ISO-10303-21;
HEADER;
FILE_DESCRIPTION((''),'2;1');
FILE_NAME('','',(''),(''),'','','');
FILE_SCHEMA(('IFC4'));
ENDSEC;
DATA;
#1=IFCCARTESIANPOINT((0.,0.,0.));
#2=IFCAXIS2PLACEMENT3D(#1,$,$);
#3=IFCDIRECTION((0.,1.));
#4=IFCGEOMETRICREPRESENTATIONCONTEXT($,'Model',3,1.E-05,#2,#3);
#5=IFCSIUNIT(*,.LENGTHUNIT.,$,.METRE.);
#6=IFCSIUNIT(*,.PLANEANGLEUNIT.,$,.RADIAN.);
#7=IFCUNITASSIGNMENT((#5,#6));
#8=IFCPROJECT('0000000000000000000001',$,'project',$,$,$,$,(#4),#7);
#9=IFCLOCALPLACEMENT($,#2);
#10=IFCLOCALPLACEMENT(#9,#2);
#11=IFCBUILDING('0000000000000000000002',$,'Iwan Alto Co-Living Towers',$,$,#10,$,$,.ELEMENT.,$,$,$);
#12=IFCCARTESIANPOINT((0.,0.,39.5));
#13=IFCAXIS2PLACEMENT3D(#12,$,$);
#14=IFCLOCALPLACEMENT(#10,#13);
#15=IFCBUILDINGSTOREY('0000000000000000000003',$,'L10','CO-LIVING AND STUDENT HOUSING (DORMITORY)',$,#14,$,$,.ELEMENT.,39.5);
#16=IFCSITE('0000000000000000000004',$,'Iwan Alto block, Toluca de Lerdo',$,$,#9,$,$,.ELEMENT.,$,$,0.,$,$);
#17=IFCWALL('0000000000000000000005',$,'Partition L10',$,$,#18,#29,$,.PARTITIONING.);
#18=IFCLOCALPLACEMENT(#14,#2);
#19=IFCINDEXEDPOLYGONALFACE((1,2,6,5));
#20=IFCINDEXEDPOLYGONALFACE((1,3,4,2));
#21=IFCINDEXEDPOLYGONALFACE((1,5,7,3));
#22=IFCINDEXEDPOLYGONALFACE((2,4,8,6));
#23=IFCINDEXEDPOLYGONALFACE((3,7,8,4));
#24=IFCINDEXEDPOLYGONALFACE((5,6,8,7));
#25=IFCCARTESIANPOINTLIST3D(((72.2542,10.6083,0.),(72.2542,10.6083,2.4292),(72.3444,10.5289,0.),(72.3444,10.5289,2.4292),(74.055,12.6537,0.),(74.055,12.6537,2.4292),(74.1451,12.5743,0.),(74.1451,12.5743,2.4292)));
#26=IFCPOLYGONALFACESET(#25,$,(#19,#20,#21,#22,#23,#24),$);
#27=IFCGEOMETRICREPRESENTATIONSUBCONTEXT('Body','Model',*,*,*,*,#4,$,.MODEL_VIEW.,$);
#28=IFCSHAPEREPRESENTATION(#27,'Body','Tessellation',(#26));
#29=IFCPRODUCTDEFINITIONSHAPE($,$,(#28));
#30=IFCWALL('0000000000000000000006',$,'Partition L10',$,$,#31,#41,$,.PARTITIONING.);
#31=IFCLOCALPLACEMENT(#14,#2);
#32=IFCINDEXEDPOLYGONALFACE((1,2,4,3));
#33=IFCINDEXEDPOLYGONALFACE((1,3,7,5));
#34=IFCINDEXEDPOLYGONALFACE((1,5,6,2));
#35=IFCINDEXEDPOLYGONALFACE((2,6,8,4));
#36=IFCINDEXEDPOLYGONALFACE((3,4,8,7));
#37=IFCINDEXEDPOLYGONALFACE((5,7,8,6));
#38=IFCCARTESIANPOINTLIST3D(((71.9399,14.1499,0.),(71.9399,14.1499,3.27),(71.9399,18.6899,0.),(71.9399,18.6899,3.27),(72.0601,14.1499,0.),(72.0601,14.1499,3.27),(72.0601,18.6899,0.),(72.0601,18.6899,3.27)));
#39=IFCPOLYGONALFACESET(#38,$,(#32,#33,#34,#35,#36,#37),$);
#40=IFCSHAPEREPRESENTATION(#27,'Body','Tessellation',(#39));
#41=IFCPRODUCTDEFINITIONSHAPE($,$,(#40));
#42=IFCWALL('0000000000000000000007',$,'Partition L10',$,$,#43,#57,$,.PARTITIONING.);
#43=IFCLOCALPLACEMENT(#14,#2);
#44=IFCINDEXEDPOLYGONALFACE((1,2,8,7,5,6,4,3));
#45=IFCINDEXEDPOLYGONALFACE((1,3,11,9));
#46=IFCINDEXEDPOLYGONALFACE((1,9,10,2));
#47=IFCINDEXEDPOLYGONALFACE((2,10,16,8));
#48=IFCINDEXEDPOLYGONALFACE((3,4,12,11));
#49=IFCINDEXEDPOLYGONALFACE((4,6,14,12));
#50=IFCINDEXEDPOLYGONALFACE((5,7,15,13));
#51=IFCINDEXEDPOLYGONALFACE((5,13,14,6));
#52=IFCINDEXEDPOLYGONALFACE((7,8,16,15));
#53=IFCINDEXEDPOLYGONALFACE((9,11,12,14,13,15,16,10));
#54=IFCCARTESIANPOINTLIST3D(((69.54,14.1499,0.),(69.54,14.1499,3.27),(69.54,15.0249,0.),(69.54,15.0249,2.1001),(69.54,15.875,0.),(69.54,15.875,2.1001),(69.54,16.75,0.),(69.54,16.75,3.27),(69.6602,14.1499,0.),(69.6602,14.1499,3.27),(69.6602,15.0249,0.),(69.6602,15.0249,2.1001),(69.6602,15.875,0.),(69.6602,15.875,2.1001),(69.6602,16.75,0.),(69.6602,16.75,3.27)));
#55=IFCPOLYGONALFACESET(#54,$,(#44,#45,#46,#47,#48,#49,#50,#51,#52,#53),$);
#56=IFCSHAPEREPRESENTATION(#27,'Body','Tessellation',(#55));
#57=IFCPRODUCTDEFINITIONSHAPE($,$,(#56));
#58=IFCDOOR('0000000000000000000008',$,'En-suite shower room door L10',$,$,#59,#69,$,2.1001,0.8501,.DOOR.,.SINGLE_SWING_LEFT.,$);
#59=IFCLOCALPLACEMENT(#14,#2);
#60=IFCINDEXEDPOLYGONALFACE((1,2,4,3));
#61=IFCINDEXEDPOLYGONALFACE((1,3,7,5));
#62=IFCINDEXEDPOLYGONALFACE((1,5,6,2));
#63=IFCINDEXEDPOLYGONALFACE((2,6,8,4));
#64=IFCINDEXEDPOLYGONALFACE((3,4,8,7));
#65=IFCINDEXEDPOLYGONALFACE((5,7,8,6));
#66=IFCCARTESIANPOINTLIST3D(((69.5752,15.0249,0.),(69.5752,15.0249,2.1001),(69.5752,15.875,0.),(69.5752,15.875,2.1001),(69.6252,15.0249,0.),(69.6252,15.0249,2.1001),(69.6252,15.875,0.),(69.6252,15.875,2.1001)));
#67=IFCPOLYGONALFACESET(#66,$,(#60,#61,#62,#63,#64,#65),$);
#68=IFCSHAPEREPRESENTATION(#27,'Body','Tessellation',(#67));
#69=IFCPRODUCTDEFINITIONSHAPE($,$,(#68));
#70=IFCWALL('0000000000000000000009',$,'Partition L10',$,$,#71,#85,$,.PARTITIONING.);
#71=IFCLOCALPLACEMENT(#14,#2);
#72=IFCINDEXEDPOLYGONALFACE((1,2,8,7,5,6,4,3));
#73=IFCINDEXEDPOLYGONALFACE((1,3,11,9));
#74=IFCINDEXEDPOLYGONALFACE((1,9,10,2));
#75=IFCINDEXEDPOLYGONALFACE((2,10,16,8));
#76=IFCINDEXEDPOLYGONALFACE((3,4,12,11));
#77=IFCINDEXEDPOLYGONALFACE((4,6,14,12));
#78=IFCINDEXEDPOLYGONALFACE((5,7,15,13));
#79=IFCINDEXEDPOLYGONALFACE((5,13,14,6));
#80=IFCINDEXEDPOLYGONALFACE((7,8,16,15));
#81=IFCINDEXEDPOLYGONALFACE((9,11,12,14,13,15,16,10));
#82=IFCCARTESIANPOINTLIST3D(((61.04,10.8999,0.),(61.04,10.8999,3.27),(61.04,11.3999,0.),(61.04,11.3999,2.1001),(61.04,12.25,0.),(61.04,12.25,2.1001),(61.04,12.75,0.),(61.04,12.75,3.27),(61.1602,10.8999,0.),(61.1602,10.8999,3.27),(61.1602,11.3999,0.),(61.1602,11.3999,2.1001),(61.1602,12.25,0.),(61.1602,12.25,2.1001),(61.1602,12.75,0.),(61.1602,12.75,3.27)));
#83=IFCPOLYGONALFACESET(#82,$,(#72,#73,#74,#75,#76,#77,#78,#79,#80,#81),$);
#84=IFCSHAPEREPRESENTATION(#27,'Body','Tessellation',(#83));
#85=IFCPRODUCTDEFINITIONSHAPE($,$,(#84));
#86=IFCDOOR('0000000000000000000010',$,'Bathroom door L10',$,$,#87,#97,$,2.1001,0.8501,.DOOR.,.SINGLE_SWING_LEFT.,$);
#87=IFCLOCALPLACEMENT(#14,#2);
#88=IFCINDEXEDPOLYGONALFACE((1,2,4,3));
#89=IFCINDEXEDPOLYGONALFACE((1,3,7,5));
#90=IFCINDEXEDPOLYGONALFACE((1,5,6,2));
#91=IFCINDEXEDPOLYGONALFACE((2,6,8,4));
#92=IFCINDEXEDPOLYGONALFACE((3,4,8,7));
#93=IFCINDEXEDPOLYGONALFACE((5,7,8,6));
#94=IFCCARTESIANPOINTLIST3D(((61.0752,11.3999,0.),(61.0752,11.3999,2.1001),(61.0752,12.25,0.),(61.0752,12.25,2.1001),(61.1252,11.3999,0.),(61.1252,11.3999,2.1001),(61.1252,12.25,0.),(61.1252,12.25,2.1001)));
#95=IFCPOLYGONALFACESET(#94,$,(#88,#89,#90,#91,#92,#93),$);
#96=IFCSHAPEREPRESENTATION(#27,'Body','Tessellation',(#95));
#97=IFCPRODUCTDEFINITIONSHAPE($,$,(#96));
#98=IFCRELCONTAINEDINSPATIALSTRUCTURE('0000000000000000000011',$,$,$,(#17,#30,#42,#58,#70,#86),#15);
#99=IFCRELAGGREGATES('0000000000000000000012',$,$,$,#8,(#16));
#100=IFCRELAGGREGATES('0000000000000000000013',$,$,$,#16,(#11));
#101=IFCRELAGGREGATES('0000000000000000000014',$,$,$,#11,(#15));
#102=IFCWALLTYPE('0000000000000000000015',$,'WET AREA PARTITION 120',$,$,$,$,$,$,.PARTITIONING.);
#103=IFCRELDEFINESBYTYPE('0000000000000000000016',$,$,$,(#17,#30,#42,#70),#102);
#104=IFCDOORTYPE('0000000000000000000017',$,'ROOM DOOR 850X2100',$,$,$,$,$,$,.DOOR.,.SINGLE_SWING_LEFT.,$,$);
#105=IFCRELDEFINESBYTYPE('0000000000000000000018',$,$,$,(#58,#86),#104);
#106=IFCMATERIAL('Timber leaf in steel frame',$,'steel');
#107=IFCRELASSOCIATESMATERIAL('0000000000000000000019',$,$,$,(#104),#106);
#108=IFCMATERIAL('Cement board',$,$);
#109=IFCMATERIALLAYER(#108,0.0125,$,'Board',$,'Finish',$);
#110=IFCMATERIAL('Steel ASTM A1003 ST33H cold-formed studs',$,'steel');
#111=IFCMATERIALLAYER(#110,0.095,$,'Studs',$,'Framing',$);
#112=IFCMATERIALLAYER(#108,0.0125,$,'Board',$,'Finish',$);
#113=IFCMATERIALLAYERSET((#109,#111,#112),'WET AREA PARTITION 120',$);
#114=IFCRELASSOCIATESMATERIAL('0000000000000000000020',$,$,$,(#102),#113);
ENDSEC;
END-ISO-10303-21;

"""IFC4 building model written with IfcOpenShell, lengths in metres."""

from ifc_helpers import new_model, si_unit, direction, frame, frame_2d, origin, place, context, subcontext, project, spatial, rectangle, extrude, material, layer, layer_set, type_object, element, fill, save


model = new_model("IFC4")

# Units and contexts
model_context = context("Model", 3, precision=1e-05, world=origin(), true_north=direction((0.0, 1.0)))
body_context = subcontext(model_context, "Body", "Model", "MODEL_VIEW")
ifc_project = project(units=[si_unit("LENGTHUNIT", "METRE"), si_unit("PLANEANGLEUNIT", "RADIAN")], contexts=[model_context])

# Site, building, storey
site_placement = place(None, origin())
site = spatial("IfcSite", under=ifc_project, at=site_placement, Name="Iwan Alto block, Toluca de Lerdo", CompositionType="ELEMENT", RefElevation=0.0)
building_placement = place(site_placement, origin())
building = spatial("IfcBuilding", under=site, at=building_placement, Name="Iwan Alto Co-Living Towers", CompositionType="ELEMENT")
storey_placement = place(building_placement, frame((0.0, 0.0, 39.5)))
storey = spatial("IfcBuildingStorey", under=building, at=storey_placement, Name="L10", Description="CO-LIVING AND STUDENT HOUSING (DORMITORY)", CompositionType="ELEMENT", Elevation=39.5)

# Shared definitions
ifc_material_1 = material(Name="Steel ASTM A1003 ST33H cold-formed studs", Category="steel")

# Shared definitions
ifc_material_2 = material(Name="Timber leaf in steel frame", Category="steel")
door_type = type_object("IfcDoorType", Name="ROOM DOOR 850X2100", OperationType="SINGLE_SWING_LEFT", PredefinedType="DOOR", material=ifc_material_2)

# Shared definitions
ifc_material_3 = material(Name="Cement board")
ifc_layer_1 = layer(ifc_material_3, 0.0125, Name="Board", Category="Finish")
ifc_layer_2 = layer(ifc_material_1, 0.095, Name="Studs", Category="Framing")
ifc_layer_3 = layer(ifc_material_3, 0.0125, Name="Board", Category="Finish")
ifc_layer_set_1 = layer_set([ifc_layer_1, ifc_layer_2, ifc_layer_3], Name="WET AREA PARTITION 120")
wall_type_1 = type_object("IfcWallType", Name="WET AREA PARTITION 120", PredefinedType="PARTITIONING", material=ifc_layer_set_1)

# Walls
wall_1_placement = place(storey_placement, frame((72.2993, 10.5686, 0.0), z_axis=(0.0, 0.0, 1.0), x_axis=(0.660798, 0.750564, 0.0)))
element("IfcWall", 1, at=wall_1_placement, inside=storey, type_object=wall_type_1, Name="Partition L10", PredefinedType="PARTITIONING", context=body_context, shape_type="SweptSolid", body=[
    extrude(rectangle(XDim=2.7251, YDim=0.1201, at=frame_2d((1.3625, 0.0))), origin(), (0.0, 0.0, 1.0), 2.4292),
])
wall_2_placement = place(storey_placement, frame((72.0, 14.1499, 0.0), z_axis=(0.0, 0.0, 1.0), x_axis=(0.0, 1.0, 0.0)))
element("IfcWall", 2, at=wall_2_placement, inside=storey, type_object=wall_type_1, Name="Partition L10", PredefinedType="PARTITIONING", context=body_context, shape_type="SweptSolid", body=[
    extrude(rectangle(XDim=4.54, YDim=0.1201, at=frame_2d((2.27, 0.0))), origin(), (0.0, 0.0, 1.0), 3.27),
])

# Walls, openings, doors
wall_3_placement = place(storey_placement, frame((69.6001, 14.1499, 0.0), z_axis=(0.0, 0.0, 1.0), x_axis=(0.0, 1.0, 0.0)))
wall_3 = element("IfcWall", 3, at=wall_3_placement, inside=storey, type_object=wall_type_1, Name="Partition L10", PredefinedType="PARTITIONING", context=body_context, shape_type="SweptSolid", body=[
    extrude(rectangle(XDim=2.6001, YDim=0.1201, at=frame_2d((1.3, 0.0))), origin(), (0.0, 0.0, 1.0), 3.27),
])
opening_1_placement = place(wall_3_placement, frame((0.875, 0.0, 0.0)))
opening_1 = element("IfcOpeningElement", 4, at=opening_1_placement, cuts=wall_3, PredefinedType="OPENING", context=body_context, shape_type="SweptSolid", body=[
    extrude(rectangle(XDim=0.8501, YDim=2.1001, at=frame_2d((0.425, 1.05))), frame((0.0, 0.0701, 0.0), z_axis=(0.0, -1.0, 0.0), x_axis=(1.0, 0.0, 0.0)), (0.0, 0.0, 1.0), 0.1401),
])
door_1_placement = place(opening_1_placement, origin())
door_1 = element("IfcDoor", 5, at=door_1_placement, inside=storey, type_object=door_type, Name="En-suite shower room door L10", OperationType="SINGLE_SWING_LEFT", OverallHeight=2.1001, OverallWidth=0.8501, PredefinedType="DOOR", context=body_context, shape_type="SweptSolid", body=[
    extrude(rectangle(XDim=0.8501, YDim=2.1001, at=frame_2d((0.425, 1.05))), frame((0.0, 0.0249, 0.0), z_axis=(0.0, -1.0, 0.0), x_axis=(1.0, 0.0, 0.0)), (0.0, 0.0, 1.0), 0.05),
])
fill(opening_1, door_1)
wall_4_placement = place(storey_placement, frame((61.1001, 10.8999, 0.0), z_axis=(0.0, 0.0, 1.0), x_axis=(0.0, 1.0, 0.0)))
wall_4 = element("IfcWall", 6, at=wall_4_placement, inside=storey, type_object=wall_type_1, Name="Partition L10", PredefinedType="PARTITIONING", context=body_context, shape_type="SweptSolid", body=[
    extrude(rectangle(XDim=1.8501, YDim=0.1201, at=frame_2d((0.925, 0.0))), origin(), (0.0, 0.0, 1.0), 3.27),
])
opening_2_placement = place(wall_4_placement, frame((0.5, 0.0, 0.0)))
opening_2 = element("IfcOpeningElement", 7, at=opening_2_placement, cuts=wall_4, PredefinedType="OPENING", context=body_context, shape_type="SweptSolid", body=[
    extrude(rectangle(XDim=0.8501, YDim=2.1001, at=frame_2d((0.425, 1.05))), frame((0.0, 0.0701, 0.0), z_axis=(0.0, -1.0, 0.0), x_axis=(1.0, 0.0, 0.0)), (0.0, 0.0, 1.0), 0.1401),
])
door_2_placement = place(opening_2_placement, origin())
door_2 = element("IfcDoor", 8, at=door_2_placement, inside=storey, type_object=door_type, Name="Bathroom door L10", OperationType="SINGLE_SWING_LEFT", OverallHeight=2.1001, OverallWidth=0.8501, PredefinedType="DOOR", context=body_context, shape_type="SweptSolid", body=[
    extrude(rectangle(XDim=0.8501, YDim=2.1001, at=frame_2d((0.425, 1.05))), frame((0.0, 0.0249, 0.0), z_axis=(0.0, -1.0, 0.0), x_axis=(1.0, 0.0, 0.0)), (0.0, 0.0, 1.0), 0.05),
])
fill(opening_2, door_2)

save(model, "model.ifc")
